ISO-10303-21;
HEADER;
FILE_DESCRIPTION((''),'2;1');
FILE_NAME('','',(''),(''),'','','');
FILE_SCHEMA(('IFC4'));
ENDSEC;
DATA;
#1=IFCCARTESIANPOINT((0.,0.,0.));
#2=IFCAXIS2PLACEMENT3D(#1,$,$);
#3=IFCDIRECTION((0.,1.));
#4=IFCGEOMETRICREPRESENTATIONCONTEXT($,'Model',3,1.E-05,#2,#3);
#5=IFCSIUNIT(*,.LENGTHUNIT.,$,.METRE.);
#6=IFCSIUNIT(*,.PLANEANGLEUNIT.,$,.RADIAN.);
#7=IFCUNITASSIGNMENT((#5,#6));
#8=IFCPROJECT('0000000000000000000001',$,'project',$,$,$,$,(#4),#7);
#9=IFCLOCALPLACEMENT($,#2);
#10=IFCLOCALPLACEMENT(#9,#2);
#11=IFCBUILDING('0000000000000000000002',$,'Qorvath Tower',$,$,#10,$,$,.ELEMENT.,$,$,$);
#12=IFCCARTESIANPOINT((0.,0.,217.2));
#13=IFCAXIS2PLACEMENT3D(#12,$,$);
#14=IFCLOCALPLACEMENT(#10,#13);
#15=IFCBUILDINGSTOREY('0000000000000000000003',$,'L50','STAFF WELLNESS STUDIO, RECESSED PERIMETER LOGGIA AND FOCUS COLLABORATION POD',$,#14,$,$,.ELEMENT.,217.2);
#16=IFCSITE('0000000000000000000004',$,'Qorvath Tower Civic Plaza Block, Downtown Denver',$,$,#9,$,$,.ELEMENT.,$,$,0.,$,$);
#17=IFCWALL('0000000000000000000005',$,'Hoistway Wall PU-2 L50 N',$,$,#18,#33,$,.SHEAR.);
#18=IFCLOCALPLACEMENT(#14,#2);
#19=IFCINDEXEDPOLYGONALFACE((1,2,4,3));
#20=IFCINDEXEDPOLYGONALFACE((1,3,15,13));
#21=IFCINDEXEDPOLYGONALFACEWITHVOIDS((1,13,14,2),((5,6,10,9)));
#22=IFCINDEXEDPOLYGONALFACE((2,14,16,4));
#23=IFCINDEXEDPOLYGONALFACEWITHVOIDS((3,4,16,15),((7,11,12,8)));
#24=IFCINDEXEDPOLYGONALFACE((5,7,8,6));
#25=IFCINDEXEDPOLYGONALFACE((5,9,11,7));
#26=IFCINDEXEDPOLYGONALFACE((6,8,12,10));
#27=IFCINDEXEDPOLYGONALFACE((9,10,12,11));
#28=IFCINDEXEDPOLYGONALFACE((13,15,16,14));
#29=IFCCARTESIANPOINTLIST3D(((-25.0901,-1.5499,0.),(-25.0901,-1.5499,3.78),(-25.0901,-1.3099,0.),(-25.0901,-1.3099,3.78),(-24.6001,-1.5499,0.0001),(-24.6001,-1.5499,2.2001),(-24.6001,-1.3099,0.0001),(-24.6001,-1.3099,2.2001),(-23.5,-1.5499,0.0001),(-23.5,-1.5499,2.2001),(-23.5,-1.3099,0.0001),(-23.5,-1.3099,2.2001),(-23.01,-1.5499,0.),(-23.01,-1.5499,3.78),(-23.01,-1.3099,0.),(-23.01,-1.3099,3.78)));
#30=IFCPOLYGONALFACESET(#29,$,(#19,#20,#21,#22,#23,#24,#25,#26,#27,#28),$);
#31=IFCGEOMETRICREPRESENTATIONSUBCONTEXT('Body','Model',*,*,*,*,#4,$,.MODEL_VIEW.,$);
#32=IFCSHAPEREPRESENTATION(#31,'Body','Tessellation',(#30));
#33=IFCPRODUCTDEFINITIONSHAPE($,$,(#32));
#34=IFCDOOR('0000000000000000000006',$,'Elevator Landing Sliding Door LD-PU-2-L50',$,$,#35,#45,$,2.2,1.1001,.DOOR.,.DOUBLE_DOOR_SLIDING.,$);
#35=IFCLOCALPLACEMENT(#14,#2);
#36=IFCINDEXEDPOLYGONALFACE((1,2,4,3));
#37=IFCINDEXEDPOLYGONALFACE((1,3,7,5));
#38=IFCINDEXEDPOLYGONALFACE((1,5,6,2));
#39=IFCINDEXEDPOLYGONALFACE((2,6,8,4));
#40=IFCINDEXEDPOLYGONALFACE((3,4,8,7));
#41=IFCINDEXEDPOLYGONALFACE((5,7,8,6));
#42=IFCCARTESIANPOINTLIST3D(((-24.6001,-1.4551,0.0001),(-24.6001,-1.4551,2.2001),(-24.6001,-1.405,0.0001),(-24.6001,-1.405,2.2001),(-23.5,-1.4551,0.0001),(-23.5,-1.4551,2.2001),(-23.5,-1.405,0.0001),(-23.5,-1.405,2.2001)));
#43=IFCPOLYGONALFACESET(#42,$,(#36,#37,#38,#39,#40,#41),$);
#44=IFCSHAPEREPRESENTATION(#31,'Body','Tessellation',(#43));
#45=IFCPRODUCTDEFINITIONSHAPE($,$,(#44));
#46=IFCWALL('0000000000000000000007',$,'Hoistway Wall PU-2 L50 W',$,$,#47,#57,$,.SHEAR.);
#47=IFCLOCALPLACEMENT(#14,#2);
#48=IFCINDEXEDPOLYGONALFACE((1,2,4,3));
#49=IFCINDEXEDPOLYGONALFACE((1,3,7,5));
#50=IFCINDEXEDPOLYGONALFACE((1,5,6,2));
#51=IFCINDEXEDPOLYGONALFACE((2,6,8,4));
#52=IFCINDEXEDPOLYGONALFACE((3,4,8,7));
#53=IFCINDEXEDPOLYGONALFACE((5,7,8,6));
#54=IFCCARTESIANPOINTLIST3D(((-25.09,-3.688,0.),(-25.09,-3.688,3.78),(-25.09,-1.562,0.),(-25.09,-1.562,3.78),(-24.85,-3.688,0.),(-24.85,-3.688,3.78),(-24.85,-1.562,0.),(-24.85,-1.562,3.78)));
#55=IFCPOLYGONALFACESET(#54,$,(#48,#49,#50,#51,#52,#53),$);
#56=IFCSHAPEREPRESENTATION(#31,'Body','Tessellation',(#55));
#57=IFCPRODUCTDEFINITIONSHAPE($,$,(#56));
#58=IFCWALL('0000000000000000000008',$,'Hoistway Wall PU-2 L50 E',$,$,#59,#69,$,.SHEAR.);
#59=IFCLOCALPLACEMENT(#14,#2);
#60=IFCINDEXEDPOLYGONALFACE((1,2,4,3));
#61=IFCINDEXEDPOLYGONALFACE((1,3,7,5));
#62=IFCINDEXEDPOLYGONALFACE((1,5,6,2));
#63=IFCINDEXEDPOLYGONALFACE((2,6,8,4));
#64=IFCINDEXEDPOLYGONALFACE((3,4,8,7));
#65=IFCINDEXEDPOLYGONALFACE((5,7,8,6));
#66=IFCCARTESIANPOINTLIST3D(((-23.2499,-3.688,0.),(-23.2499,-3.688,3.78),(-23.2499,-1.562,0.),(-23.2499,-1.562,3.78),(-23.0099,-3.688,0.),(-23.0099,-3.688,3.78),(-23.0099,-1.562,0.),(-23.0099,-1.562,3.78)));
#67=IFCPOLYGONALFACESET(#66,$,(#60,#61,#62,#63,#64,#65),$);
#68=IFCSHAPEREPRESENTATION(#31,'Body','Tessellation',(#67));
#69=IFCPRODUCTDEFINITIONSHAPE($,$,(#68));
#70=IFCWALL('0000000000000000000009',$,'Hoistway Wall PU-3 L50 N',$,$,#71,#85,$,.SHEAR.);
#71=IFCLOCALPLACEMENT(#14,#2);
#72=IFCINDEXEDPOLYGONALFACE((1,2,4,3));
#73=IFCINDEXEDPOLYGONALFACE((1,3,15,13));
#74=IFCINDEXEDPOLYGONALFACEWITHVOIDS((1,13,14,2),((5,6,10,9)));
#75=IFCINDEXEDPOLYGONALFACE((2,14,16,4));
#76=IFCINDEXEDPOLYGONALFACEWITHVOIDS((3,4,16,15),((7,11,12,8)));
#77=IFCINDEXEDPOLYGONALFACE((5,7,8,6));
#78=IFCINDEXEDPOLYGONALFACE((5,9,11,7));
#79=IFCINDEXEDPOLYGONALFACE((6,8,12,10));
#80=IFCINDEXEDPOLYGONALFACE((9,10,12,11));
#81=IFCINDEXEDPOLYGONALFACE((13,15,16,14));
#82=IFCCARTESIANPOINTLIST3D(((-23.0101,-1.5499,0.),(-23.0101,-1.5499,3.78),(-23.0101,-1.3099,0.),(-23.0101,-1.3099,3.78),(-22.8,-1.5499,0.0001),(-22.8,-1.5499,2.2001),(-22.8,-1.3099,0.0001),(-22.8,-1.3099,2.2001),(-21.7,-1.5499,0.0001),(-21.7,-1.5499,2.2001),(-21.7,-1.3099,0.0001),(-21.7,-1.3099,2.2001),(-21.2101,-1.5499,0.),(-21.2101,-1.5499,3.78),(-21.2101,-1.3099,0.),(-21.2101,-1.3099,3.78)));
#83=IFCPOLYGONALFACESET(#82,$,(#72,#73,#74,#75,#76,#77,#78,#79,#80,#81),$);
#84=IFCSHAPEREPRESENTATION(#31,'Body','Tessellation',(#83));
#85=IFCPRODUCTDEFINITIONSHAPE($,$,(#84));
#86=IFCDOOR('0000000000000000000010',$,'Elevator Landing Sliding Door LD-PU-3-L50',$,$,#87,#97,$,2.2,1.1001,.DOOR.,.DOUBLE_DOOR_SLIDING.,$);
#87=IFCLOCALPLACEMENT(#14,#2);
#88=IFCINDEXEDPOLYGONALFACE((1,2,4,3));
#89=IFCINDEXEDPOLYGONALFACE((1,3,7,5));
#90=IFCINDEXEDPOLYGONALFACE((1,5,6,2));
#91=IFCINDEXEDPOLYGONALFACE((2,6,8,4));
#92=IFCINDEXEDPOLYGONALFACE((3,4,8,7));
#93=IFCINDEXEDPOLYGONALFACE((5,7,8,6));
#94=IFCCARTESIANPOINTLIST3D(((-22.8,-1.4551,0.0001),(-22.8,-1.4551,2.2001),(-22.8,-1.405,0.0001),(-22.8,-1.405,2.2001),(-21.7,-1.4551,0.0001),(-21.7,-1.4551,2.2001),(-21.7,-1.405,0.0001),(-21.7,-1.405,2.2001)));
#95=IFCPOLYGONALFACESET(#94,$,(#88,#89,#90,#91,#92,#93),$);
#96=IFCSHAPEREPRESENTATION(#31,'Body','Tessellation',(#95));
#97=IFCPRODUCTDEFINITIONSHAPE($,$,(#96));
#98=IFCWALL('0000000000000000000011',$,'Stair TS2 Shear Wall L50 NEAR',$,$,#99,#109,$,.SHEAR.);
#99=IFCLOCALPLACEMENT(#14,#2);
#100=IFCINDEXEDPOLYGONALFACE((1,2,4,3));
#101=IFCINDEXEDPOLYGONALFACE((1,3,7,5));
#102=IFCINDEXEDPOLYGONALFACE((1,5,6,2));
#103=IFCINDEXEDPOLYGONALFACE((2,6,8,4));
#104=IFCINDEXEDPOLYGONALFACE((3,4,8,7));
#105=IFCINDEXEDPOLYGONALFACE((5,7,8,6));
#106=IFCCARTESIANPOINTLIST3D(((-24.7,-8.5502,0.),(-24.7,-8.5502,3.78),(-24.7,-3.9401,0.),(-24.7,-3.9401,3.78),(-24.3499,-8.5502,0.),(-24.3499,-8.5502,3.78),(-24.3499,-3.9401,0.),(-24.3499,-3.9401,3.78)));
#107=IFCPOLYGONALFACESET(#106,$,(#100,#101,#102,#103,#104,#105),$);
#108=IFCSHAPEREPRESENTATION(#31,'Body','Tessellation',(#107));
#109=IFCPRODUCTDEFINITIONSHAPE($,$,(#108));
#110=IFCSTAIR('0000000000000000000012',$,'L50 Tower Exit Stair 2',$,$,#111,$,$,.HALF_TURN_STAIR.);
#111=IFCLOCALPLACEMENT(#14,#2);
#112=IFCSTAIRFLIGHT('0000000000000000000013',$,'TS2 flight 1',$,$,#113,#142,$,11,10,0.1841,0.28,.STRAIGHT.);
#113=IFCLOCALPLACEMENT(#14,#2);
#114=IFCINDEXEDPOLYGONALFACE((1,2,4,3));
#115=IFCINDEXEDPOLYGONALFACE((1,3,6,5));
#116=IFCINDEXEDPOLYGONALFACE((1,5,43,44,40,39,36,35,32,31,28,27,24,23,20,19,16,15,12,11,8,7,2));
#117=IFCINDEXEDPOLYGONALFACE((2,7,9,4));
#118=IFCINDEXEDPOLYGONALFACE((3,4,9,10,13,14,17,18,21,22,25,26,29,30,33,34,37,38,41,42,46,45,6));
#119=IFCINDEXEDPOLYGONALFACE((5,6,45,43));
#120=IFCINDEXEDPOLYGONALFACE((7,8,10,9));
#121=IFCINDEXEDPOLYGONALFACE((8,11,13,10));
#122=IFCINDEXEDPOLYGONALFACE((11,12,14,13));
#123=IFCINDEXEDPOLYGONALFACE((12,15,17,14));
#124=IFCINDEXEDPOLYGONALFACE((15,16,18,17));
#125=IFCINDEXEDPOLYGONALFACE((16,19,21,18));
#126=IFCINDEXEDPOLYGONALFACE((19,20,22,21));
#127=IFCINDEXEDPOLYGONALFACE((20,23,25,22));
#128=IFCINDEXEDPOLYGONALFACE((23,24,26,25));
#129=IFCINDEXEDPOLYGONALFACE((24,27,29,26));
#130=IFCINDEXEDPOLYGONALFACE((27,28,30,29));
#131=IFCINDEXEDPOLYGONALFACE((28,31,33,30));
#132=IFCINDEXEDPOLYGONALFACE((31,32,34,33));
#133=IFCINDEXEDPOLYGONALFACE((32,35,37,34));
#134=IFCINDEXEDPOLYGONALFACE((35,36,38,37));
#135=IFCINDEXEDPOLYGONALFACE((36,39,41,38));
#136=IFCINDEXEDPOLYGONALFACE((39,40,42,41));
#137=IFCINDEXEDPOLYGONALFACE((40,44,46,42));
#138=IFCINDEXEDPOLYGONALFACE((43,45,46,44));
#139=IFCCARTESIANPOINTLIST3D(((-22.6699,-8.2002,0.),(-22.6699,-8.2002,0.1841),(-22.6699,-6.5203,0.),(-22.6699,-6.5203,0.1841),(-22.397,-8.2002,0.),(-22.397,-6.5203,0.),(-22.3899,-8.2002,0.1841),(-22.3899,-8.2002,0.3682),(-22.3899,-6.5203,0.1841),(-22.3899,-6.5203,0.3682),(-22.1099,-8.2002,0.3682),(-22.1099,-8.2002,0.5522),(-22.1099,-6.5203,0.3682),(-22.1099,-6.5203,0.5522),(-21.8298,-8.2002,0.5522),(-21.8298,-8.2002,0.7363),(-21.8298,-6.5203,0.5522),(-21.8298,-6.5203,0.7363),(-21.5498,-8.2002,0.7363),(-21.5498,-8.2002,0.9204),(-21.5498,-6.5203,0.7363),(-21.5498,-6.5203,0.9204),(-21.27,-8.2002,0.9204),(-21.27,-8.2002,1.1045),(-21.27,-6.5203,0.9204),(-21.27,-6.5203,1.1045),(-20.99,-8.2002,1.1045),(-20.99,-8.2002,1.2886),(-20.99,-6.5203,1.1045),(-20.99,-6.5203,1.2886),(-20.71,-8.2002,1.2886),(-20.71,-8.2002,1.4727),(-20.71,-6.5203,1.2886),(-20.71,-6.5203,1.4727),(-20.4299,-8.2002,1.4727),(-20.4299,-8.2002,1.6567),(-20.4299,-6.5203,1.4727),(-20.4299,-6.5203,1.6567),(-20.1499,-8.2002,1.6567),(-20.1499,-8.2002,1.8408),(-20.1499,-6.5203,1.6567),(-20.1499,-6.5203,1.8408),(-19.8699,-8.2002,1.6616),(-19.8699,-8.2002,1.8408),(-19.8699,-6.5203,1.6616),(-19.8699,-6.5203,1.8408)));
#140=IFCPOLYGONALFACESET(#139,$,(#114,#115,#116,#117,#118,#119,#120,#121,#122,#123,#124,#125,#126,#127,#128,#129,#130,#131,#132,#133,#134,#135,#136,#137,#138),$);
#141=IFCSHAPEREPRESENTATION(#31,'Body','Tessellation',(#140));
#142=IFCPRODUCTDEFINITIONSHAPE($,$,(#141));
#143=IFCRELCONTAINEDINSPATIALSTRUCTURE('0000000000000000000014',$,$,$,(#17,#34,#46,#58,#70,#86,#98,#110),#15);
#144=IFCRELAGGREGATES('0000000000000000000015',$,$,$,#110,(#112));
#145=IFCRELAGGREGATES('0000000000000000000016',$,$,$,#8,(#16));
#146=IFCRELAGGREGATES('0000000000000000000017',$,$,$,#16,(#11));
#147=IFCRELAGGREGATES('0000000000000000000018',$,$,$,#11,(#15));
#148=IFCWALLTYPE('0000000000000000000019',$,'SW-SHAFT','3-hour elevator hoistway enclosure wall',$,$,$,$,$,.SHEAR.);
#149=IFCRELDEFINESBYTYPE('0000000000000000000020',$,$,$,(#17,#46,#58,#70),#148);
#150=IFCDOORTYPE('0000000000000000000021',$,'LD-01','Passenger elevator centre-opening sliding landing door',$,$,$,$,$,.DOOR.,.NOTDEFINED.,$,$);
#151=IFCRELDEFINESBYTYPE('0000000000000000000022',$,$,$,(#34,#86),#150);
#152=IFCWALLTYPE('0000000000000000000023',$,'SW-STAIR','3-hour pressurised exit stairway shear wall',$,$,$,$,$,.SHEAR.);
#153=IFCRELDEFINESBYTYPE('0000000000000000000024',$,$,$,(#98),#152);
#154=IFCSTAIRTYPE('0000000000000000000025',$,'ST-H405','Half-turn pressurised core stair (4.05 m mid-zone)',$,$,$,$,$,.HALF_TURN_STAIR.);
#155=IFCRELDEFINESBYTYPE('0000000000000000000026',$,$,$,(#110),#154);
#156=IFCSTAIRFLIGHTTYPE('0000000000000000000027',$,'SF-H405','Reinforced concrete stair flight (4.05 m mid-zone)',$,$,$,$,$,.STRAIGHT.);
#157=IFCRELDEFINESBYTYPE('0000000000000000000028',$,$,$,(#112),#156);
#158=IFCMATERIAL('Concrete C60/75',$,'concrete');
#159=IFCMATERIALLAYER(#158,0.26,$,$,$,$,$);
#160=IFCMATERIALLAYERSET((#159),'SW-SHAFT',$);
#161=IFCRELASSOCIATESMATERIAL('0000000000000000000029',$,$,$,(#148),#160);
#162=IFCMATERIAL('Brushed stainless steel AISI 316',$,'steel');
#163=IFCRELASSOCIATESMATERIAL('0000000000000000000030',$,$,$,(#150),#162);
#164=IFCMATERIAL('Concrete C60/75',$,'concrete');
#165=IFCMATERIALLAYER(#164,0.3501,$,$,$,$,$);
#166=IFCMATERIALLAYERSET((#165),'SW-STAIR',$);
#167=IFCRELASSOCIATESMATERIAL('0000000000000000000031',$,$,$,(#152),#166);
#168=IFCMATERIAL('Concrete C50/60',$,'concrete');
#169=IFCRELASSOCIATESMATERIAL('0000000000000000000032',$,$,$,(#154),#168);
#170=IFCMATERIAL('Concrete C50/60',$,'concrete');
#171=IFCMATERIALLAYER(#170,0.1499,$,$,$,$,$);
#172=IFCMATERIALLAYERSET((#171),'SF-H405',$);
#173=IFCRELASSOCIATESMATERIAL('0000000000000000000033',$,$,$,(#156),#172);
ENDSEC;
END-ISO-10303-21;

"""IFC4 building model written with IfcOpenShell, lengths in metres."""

from ifc_helpers import new_model, si_unit, direction, frame, frame_2d, origin, place, context, subcontext, project, spatial, polyline, rectangle, outline, extrude, material, layer, layer_set, type_object, element, fill, aggregate, save


model = new_model("IFC4")

# Units and contexts
model_context = context("Model", 3, precision=1e-05, world=origin(), true_north=direction((0.0, 1.0)))
body_context = subcontext(model_context, "Body", "Model", "MODEL_VIEW")
ifc_project = project(units=[si_unit("LENGTHUNIT", "METRE"), si_unit("PLANEANGLEUNIT", "RADIAN")], contexts=[model_context])

# Site, building, storey
site_placement = place(None, origin())
site = spatial("IfcSite", under=ifc_project, at=site_placement, Name="Qorvath Tower Civic Plaza Block, Downtown Denver", CompositionType="ELEMENT", RefElevation=0.0)
building_placement = place(site_placement, origin())
building = spatial("IfcBuilding", under=site, at=building_placement, Name="Qorvath Tower", CompositionType="ELEMENT")
storey_placement = place(building_placement, frame((0.0, 0.0, 217.2)))
storey = spatial("IfcBuildingStorey", under=building, at=storey_placement, Name="L50", Description="STAFF WELLNESS STUDIO, RECESSED PERIMETER LOGGIA AND FOCUS COLLABORATION POD", CompositionType="ELEMENT", Elevation=217.2)

# Shared definitions
ifc_material_1 = material(Name="Concrete C60/75", Category="concrete")
ifc_layer_1 = layer(ifc_material_1, 0.26)
ifc_layer_set_1 = layer_set([ifc_layer_1], Name="SW-SHAFT")
wall_type_1 = type_object("IfcWallType", Name="SW-SHAFT", Description="3-hour elevator hoistway enclosure wall", PredefinedType="SHEAR", material=ifc_layer_set_1)

# Wall, opening, door
wall_1_placement = place(storey_placement, frame((-25.0901, -1.4299, 0.0), z_axis=(0.0, 0.0, 1.0), x_axis=(1.0, 0.0, 0.0)))
wall_1 = element("IfcWall", 1, at=wall_1_placement, inside=storey, type_object=wall_type_1, Name="Hoistway Wall PU-2 L50 N", PredefinedType="SHEAR", context=body_context, shape_type="SweptSolid", body=[
    extrude(rectangle(XDim=2.0801, YDim=0.24, at=frame_2d((1.04, 0.0))), origin(), (0.0, 0.0, 1.0), 3.78),
])
opening_1_placement = place(wall_1_placement, frame((0.49, 0.0, 0.0)))
opening_1 = element("IfcOpeningElement", 2, at=opening_1_placement, cuts=wall_1, PredefinedType="OPENING", context=body_context, shape_type="SweptSolid", body=[
    extrude(rectangle(XDim=1.1001, YDim=2.2, at=frame_2d((0.55, 1.1001))), frame((0.0, 0.1299, 0.0), z_axis=(0.0, -1.0, 0.0), x_axis=(1.0, 0.0, 0.0)), (0.0, 0.0, 1.0), 0.26),
])
ifc_material_2 = material(Name="Brushed stainless steel AISI 316", Category="steel")
door_type_1 = type_object("IfcDoorType", Name="LD-01", Description="Passenger elevator centre-opening sliding landing door", OperationType="NOTDEFINED", PredefinedType="DOOR", material=ifc_material_2)
door_1_placement = place(opening_1_placement, origin())
door_1 = element("IfcDoor", 3, at=door_1_placement, inside=storey, type_object=door_type_1, Name="Elevator Landing Sliding Door LD-PU-2-L50", OperationType="DOUBLE_DOOR_SLIDING", OverallHeight=2.2, OverallWidth=1.1001, PredefinedType="DOOR", context=body_context, shape_type="SweptSolid", body=[
    extrude(rectangle(XDim=1.1001, YDim=2.2, at=frame_2d((0.55, 1.1001))), frame((0.0, 0.0249, 0.0), z_axis=(0.0, -1.0, 0.0), x_axis=(1.0, 0.0, 0.0)), (0.0, 0.0, 1.0), 0.05),
])
fill(opening_1, door_1)

# Walls
for number, where, z_axis, x_axis, name in (
    (4, (-24.97, -3.688, 0.0), (0.0, 0.0, 1.0), (0.0, 1.0, 0.0), "Hoistway Wall PU-2 L50 W"),
    (5, (-23.1299, -1.562, 0.0), (0.0, 0.0, 1.0), (0.0, -1.0, 0.0), "Hoistway Wall PU-2 L50 E"),
):
    element("IfcWall", number, at=place(storey_placement, frame(where, z_axis=z_axis, x_axis=x_axis)), inside=storey, type_object=wall_type_1, Name=name, PredefinedType="SHEAR", context=body_context, shape_type="SweptSolid", body=[
        extrude(rectangle(XDim=2.126, YDim=0.24, at=frame_2d((1.063, 0.0))), origin(), (0.0, 0.0, 1.0), 3.78),
    ])

# Wall, opening, door
wall_2_placement = place(storey_placement, frame((-23.01, -1.4299, 0.0), z_axis=(0.0, 0.0, 1.0), x_axis=(1.0, 0.0, 0.0)))
wall_2 = element("IfcWall", 6, at=wall_2_placement, inside=storey, type_object=wall_type_1, Name="Hoistway Wall PU-3 L50 N", PredefinedType="SHEAR", context=body_context, shape_type="SweptSolid", body=[
    extrude(rectangle(XDim=1.8, YDim=0.24, at=frame_2d((0.8999, 0.0))), origin(), (0.0, 0.0, 1.0), 3.78),
])
opening_2_placement = place(wall_2_placement, frame((0.21, 0.0, 0.0)))
opening_2 = element("IfcOpeningElement", 7, at=opening_2_placement, cuts=wall_2, PredefinedType="OPENING", context=body_context, shape_type="SweptSolid", body=[
    extrude(rectangle(XDim=1.1001, YDim=2.2, at=frame_2d((0.55, 1.1001))), frame((0.0, 0.1299, 0.0), z_axis=(0.0, -1.0, 0.0), x_axis=(1.0, 0.0, 0.0)), (0.0, 0.0, 1.0), 0.26),
])
door_2_placement = place(opening_2_placement, origin())
door_2 = element("IfcDoor", 8, at=door_2_placement, inside=storey, type_object=door_type_1, Name="Elevator Landing Sliding Door LD-PU-3-L50", OperationType="DOUBLE_DOOR_SLIDING", OverallHeight=2.2, OverallWidth=1.1001, PredefinedType="DOOR", context=body_context, shape_type="SweptSolid", body=[
    extrude(rectangle(XDim=1.1001, YDim=2.2, at=frame_2d((0.55, 1.1001))), frame((0.0, 0.0249, 0.0), z_axis=(0.0, -1.0, 0.0), x_axis=(1.0, 0.0, 0.0)), (0.0, 0.0, 1.0), 0.05),
])
fill(opening_2, door_2)

# Wall
ifc_material_3 = material(Name="Concrete C60/75", Category="concrete")
ifc_layer_2 = layer(ifc_material_3, 0.3501)
ifc_layer_set_2 = layer_set([ifc_layer_2], Name="SW-STAIR")
wall_type_2 = type_object("IfcWallType", Name="SW-STAIR", Description="3-hour pressurised exit stairway shear wall", PredefinedType="SHEAR", material=ifc_layer_set_2)
wall_3_placement = place(storey_placement, frame((-24.5249, -3.9399, 0.0), z_axis=(0.0, 0.0, 1.0), x_axis=(0.0, -1.0, 0.0)))
element("IfcWall", 9, at=wall_3_placement, inside=storey, type_object=wall_type_2, Name="Stair TS2 Shear Wall L50 NEAR", PredefinedType="SHEAR", context=body_context, shape_type="SweptSolid", body=[
    extrude(rectangle(XDim=4.6101, YDim=0.3501, at=frame_2d((2.3052, 0.0))), origin(), (0.0, 0.0, 1.0), 3.78),
])

# Stair, stair flight
ifc_material_4 = material(Name="Concrete C50/60", Category="concrete")
stair_type = type_object("IfcStairType", Name="ST-H405", Description="Half-turn pressurised core stair (4.05 m mid-zone)", PredefinedType="HALF_TURN_STAIR", material=ifc_material_4)
stair_placement = place(storey_placement, origin())
stair = element("IfcStair", 10, at=stair_placement, inside=storey, type_object=stair_type, Name="L50 Tower Exit Stair 2", PredefinedType="HALF_TURN_STAIR")
ifc_material_5 = material(Name="Concrete C50/60", Category="concrete")
ifc_layer_3 = layer(ifc_material_5, 0.1499)
ifc_layer_set_3 = layer_set([ifc_layer_3], Name="SF-H405")
stair_flight_type = type_object("IfcStairFlightType", Name="SF-H405", Description="Reinforced concrete stair flight (4.05 m mid-zone)", PredefinedType="STRAIGHT", material=ifc_layer_set_3)
stair_flight_placement = place(storey_placement, frame((-22.6699, -7.3601, 0.0), z_axis=(0.0, 0.0, 1.0), x_axis=(1.0, 0.0, 0.0)))
stair_flight = element("IfcStairFlight", 11, at=stair_flight_placement, type_object=stair_flight_type, Name="TS2 flight 1", NumberOfRisers=11, NumberOfTreads=10, PredefinedType="STRAIGHT", RiserHeight=0.1841, TreadLength=0.28, context=body_context, shape_type="SweptSolid", body=[
    extrude(outline(polyline([(0.0, 0.0), (0.0, 0.1841), (0.28, 0.1841), (0.28, 0.3682), (0.5601, 0.3682), (0.5601, 0.5522), (0.8401, 0.5522), (0.8401, 0.7363), (1.1201, 0.7363), (1.1201, 0.9204), (1.3999, 0.9204), (1.3999, 1.1045), (1.6799, 1.1045), (1.6799, 1.2886), (1.96, 1.2886), (1.96, 1.4727), (2.24, 1.4727), (2.24, 1.6567), (2.52, 1.6567), (2.52, 1.8408), (2.8, 1.8408), (2.8, 2.0249), (2.8, 1.6616), (0.2729, 0.0), (0.0, 0.0)])), frame((0.0, 0.8398, 0.0), z_axis=(0.0, -1.0, 0.0), x_axis=(1.0, 0.0, 0.0)), (0.0, 0.0, 1.0), 1.6799),
])
aggregate(stair, [stair_flight])

save(model, "model.ifc")
